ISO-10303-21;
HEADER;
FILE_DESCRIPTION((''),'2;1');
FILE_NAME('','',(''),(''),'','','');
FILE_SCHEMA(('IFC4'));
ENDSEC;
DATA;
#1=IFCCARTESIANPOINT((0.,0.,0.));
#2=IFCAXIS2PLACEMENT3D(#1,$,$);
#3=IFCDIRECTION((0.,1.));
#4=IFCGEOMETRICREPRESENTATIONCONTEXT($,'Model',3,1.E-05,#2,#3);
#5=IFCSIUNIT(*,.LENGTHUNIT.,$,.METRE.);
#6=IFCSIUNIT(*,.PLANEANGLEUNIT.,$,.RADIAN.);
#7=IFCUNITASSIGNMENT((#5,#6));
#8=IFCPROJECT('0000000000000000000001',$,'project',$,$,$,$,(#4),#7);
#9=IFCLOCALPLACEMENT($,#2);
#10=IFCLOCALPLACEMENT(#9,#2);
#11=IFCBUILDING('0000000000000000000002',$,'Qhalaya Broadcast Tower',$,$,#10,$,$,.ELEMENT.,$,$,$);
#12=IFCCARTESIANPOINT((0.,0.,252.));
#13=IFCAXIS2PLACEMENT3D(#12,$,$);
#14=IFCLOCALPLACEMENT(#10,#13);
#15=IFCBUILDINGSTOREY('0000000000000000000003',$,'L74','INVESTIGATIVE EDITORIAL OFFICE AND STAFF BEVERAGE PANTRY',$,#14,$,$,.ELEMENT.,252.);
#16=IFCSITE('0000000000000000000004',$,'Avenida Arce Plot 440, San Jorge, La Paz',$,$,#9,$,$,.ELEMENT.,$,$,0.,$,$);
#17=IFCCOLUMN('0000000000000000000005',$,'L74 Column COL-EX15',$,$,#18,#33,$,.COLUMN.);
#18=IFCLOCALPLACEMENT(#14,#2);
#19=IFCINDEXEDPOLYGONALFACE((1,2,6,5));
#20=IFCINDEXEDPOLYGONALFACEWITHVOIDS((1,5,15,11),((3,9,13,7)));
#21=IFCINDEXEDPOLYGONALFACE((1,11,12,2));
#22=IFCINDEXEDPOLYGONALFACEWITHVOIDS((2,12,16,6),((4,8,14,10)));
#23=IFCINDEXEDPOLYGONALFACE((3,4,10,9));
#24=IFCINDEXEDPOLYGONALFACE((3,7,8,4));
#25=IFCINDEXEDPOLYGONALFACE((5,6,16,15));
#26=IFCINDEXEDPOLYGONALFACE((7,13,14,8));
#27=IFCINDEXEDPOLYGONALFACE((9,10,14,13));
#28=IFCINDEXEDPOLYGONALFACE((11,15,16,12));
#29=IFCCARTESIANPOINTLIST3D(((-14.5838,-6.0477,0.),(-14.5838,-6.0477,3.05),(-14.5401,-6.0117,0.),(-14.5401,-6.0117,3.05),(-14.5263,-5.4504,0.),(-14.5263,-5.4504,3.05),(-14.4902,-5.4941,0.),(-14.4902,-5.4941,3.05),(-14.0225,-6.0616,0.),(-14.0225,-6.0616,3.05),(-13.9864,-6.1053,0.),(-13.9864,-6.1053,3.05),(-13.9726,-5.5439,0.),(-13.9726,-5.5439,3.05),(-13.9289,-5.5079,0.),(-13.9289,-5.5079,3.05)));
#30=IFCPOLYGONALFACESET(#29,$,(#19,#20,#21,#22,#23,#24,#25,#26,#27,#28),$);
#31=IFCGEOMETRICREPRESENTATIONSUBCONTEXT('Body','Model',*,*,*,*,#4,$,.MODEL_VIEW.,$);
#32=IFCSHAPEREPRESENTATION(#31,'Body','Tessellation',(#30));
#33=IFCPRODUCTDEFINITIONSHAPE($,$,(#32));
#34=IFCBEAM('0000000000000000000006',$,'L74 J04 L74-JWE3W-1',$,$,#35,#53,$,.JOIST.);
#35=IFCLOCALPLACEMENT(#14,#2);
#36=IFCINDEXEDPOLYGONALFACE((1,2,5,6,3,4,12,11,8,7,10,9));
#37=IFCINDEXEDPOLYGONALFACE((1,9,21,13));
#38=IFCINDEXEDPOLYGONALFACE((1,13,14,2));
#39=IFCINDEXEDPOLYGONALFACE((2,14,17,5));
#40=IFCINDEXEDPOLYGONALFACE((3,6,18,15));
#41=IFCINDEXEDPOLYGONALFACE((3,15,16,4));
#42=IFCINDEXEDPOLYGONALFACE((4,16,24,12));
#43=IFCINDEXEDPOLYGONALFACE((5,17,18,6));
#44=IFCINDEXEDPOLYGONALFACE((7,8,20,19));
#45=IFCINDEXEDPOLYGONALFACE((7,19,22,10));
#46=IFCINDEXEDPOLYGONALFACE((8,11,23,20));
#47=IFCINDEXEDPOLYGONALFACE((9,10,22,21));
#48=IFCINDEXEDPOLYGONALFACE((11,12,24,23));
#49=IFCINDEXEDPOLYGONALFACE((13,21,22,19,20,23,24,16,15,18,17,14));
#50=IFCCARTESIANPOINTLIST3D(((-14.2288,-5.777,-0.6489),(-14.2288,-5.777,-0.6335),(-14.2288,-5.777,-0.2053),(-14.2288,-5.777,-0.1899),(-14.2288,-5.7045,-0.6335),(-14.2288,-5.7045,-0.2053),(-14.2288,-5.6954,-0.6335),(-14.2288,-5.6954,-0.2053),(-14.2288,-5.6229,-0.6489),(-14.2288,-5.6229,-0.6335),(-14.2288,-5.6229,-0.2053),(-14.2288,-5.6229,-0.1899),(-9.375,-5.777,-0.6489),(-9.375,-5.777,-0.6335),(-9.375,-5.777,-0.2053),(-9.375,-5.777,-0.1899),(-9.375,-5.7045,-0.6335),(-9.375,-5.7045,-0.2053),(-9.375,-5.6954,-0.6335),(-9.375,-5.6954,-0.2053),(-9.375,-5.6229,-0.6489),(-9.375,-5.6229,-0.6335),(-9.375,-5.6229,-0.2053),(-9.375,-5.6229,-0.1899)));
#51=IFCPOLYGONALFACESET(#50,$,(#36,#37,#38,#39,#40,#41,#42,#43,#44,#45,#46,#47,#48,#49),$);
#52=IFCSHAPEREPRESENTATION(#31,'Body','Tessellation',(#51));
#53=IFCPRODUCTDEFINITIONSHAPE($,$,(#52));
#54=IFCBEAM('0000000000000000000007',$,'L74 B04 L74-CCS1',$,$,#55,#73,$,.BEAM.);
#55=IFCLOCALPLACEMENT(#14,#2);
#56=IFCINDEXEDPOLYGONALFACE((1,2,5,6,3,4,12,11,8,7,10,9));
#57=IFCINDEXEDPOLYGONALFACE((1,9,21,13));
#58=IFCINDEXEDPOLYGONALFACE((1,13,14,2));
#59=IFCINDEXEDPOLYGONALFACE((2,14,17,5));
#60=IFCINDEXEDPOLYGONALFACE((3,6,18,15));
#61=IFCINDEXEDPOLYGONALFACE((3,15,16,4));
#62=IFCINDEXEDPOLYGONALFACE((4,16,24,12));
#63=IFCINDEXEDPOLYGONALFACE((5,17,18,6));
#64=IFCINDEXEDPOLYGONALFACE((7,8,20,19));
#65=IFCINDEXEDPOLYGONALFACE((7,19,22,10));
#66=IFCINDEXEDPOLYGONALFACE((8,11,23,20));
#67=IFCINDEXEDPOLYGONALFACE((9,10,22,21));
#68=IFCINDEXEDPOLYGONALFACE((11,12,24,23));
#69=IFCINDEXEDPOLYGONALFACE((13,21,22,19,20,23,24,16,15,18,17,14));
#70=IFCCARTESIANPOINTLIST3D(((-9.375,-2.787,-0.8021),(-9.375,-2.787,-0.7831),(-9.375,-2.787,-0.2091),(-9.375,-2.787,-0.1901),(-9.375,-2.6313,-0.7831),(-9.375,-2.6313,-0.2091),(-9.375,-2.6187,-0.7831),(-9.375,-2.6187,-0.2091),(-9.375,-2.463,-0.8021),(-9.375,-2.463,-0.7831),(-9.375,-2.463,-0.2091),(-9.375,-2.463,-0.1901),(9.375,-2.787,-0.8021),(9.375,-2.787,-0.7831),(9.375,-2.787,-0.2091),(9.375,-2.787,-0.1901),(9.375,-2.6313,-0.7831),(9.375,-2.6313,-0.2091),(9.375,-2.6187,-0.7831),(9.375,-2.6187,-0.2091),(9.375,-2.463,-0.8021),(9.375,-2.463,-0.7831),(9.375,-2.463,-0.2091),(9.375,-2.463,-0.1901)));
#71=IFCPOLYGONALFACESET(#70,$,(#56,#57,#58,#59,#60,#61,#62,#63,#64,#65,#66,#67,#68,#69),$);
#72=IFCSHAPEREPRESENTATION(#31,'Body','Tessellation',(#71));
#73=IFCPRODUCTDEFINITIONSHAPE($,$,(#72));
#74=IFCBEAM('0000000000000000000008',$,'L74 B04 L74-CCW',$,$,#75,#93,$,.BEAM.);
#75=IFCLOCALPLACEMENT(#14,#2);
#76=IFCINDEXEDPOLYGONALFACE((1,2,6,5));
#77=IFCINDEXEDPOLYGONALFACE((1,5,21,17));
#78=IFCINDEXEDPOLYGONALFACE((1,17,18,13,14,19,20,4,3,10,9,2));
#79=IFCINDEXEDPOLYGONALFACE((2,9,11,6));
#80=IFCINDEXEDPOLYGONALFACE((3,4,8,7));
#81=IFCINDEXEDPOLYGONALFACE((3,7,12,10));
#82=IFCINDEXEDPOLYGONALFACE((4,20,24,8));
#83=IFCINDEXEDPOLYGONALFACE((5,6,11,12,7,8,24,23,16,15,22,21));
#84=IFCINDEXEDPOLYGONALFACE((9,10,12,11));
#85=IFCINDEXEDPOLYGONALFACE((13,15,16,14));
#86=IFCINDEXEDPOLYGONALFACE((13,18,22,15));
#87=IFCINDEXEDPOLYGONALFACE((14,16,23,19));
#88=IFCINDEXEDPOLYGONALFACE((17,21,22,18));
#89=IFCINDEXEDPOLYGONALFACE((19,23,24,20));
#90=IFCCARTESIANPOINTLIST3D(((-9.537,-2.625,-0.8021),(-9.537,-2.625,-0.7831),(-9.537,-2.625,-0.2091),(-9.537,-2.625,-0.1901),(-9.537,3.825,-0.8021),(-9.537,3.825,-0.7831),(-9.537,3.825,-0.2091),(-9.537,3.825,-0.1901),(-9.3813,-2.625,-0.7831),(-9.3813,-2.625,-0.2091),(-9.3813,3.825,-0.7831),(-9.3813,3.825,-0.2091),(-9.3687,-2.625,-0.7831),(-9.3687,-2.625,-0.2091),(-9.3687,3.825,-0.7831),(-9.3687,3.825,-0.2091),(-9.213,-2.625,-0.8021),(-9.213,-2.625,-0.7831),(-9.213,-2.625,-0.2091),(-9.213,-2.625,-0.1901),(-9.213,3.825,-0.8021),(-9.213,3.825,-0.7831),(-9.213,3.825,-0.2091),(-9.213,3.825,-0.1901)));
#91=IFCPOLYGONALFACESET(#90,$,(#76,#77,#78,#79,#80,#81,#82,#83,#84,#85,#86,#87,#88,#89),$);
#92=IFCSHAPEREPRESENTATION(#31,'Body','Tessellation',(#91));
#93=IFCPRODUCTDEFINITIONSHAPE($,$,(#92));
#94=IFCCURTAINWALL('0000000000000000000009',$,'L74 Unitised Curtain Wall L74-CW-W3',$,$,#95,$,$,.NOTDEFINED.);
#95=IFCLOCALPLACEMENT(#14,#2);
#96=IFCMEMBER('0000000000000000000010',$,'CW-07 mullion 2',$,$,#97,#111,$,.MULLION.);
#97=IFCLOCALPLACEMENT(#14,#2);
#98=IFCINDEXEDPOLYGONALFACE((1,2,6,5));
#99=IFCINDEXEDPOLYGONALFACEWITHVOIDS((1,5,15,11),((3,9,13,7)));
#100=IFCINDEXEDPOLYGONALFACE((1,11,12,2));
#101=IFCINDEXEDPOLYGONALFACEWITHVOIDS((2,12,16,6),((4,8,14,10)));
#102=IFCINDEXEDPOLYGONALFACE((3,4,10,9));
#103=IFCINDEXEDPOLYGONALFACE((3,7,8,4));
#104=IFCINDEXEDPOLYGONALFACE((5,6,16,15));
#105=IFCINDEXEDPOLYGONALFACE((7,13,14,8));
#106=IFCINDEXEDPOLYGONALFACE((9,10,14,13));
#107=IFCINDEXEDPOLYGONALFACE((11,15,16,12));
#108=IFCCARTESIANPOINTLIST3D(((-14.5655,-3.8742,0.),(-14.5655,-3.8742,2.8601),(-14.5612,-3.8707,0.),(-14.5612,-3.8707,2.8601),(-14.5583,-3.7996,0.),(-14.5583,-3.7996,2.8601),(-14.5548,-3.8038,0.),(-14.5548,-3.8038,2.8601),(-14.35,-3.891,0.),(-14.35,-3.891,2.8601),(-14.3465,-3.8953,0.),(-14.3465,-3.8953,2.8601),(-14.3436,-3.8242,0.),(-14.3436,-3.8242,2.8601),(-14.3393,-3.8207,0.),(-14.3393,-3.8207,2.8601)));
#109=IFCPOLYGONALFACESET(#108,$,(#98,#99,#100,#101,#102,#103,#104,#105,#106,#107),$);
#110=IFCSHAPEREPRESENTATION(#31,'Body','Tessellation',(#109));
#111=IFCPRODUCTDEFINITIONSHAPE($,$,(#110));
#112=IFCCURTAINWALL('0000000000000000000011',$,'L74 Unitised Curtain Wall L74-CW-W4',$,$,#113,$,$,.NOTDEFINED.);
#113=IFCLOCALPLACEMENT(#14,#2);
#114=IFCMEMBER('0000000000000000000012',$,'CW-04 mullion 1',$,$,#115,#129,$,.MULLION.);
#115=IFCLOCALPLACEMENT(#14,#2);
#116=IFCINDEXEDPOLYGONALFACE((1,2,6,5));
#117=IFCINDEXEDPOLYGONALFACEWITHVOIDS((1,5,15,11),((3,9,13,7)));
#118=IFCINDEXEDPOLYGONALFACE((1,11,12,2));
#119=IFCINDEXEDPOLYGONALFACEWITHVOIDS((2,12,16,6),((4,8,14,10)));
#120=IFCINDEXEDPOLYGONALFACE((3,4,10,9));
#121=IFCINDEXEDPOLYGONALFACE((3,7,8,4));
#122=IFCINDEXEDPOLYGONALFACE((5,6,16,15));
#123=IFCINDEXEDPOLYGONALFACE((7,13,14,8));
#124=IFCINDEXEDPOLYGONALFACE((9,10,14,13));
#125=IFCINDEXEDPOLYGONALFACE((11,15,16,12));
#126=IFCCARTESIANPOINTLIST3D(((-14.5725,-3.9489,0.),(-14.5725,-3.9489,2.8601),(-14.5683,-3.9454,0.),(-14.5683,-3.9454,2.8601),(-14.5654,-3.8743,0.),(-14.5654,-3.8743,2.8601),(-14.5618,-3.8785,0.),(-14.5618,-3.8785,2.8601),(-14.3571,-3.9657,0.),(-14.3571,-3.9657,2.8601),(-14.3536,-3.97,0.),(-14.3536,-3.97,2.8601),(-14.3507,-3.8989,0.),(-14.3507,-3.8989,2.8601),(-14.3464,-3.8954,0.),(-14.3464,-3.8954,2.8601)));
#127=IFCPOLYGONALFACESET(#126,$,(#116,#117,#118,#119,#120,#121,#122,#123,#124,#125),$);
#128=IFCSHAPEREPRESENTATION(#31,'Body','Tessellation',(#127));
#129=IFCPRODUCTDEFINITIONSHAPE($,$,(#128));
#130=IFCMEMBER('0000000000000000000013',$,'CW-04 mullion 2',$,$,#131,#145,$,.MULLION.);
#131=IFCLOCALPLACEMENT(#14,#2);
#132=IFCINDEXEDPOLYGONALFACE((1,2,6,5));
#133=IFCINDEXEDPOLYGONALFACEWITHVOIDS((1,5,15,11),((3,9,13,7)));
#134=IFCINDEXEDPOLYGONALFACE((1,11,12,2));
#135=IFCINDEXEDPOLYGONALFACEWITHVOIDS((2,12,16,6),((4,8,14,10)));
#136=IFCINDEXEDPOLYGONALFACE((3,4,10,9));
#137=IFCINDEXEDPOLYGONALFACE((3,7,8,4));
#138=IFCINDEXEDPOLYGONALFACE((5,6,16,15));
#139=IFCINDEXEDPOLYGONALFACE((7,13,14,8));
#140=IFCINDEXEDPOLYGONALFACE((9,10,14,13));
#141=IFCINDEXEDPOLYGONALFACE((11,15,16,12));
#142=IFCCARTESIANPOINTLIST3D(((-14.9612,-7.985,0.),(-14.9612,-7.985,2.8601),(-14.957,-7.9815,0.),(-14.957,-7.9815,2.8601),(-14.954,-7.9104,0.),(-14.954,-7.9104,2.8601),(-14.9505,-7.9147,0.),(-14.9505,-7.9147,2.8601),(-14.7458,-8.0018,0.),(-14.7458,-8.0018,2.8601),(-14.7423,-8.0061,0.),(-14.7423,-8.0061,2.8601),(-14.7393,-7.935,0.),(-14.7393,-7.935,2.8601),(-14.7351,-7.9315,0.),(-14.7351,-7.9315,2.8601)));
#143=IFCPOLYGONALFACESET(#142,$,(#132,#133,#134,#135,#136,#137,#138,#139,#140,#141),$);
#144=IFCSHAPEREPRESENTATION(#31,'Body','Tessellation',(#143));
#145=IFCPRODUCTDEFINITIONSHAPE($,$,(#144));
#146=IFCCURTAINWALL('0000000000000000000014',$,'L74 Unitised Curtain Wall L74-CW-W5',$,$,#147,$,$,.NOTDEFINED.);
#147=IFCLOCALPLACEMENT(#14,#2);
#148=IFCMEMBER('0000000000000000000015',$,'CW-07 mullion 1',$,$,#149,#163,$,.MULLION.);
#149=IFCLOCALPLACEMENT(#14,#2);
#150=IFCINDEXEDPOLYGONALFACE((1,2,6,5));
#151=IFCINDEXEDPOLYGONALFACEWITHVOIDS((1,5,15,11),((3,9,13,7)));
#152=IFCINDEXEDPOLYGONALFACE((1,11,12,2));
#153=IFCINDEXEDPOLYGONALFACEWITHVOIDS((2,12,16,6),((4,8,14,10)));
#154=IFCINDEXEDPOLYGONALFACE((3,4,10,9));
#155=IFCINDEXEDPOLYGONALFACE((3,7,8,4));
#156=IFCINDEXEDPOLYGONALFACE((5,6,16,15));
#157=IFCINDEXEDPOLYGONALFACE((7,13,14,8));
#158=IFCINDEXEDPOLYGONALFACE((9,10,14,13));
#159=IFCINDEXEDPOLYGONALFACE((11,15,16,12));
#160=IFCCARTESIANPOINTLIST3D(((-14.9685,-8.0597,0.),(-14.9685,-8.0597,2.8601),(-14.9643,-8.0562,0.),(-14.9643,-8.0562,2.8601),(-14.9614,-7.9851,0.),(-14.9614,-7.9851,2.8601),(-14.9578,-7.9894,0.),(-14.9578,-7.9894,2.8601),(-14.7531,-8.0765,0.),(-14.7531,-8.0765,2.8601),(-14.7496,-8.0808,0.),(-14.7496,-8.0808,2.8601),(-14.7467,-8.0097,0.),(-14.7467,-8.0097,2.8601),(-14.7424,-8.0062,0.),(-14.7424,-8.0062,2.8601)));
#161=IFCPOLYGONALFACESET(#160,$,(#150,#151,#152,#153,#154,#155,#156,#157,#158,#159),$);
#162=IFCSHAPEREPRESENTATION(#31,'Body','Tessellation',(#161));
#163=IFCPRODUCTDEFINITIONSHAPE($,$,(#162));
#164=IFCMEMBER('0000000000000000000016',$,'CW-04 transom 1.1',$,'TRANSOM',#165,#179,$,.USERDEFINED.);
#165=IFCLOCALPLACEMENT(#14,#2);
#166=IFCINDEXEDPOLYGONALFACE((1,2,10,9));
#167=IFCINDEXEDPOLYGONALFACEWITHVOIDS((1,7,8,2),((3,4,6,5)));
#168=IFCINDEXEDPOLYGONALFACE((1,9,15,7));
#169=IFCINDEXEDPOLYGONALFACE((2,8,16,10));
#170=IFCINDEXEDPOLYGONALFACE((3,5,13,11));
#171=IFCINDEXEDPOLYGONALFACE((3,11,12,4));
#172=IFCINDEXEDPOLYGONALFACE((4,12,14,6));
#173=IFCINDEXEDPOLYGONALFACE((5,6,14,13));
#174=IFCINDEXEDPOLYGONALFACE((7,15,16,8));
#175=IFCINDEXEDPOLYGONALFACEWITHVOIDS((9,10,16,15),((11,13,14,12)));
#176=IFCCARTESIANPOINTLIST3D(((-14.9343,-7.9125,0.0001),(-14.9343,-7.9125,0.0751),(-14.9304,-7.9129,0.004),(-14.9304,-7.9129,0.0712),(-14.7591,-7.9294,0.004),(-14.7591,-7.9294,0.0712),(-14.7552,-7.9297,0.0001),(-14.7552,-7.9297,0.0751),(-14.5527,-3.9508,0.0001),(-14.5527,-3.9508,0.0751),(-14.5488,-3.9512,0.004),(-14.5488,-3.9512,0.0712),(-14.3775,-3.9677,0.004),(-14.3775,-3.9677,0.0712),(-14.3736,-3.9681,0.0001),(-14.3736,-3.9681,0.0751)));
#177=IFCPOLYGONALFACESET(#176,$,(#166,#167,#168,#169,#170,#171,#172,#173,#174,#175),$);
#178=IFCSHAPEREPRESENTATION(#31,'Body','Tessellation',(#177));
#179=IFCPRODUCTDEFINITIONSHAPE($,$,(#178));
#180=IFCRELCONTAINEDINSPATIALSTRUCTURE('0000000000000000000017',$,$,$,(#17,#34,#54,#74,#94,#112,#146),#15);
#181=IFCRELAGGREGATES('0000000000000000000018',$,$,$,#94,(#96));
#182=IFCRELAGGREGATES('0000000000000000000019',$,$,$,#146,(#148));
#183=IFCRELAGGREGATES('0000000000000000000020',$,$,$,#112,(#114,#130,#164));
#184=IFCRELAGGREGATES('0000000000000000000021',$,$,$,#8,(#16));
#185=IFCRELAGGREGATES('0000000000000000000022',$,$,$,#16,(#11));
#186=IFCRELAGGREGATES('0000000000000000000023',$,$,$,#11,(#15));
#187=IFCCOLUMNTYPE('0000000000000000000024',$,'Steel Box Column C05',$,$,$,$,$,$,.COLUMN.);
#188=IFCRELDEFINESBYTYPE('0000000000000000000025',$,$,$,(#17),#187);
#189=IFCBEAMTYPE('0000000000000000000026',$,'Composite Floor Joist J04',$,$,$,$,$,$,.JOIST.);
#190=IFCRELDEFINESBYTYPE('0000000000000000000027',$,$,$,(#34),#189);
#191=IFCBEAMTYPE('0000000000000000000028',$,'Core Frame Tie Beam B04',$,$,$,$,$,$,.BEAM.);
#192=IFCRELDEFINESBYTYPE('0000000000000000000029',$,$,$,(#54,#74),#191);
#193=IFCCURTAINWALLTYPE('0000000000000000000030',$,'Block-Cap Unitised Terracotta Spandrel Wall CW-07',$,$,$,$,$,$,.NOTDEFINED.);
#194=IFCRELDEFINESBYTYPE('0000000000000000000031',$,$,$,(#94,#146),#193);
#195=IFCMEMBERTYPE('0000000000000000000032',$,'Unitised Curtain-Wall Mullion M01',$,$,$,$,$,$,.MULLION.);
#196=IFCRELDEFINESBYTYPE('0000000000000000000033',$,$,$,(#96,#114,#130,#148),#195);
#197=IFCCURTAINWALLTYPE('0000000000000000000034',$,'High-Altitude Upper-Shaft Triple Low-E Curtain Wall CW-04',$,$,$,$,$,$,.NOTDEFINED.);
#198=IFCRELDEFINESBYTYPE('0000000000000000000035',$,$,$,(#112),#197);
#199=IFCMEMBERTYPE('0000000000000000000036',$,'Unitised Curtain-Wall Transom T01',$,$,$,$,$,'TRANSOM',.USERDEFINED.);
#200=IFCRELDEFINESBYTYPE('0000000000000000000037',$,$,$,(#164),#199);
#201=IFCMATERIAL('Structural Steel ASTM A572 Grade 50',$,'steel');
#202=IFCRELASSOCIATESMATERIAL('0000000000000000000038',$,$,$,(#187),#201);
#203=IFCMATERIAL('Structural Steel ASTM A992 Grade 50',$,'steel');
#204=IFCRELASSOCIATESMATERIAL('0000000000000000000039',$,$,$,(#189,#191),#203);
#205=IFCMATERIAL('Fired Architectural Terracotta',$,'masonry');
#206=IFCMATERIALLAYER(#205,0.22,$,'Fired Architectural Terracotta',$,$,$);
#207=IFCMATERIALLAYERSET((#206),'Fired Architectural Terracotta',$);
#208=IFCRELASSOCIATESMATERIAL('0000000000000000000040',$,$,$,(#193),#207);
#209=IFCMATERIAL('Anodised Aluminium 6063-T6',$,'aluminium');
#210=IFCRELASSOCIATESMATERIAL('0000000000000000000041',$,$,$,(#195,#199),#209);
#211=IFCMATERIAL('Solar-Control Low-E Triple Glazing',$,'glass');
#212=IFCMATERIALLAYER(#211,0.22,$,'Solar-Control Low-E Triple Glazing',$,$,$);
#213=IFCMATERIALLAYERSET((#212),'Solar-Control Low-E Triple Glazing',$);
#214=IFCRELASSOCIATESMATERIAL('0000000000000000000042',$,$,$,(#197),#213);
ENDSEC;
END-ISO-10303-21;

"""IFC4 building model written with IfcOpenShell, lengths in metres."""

from ifc_helpers import new_model, si_unit, direction, frame, origin, origin_2d, place, context, subcontext, project, spatial, hollow_rectangle, i_section, extrude, material, layer, layer_set, material_profile, profile_set, type_object, element, aggregate, save


model = new_model("IFC4")

# Units and contexts
model_context = context("Model", 3, precision=1e-05, world=origin(), true_north=direction((0.0, 1.0)))
body_context = subcontext(model_context, "Body", "Model", "MODEL_VIEW")
ifc_project = project(units=[si_unit("LENGTHUNIT", "METRE"), si_unit("PLANEANGLEUNIT", "RADIAN")], contexts=[model_context])

# Site, building, storey
site_placement = place(None, origin())
site = spatial("IfcSite", under=ifc_project, at=site_placement, Name="Avenida Arce Plot 440, San Jorge, La Paz", CompositionType="ELEMENT", RefElevation=0.0)
building_placement = place(site_placement, origin())
building = spatial("IfcBuilding", under=site, at=building_placement, Name="Qhalaya Broadcast Tower", CompositionType="ELEMENT")
storey_placement = place(building_placement, frame((0.0, 0.0, 252.0)))
storey = spatial("IfcBuildingStorey", under=building, at=storey_placement, Name="L74", Description="INVESTIGATIVE EDITORIAL OFFICE AND STAFF BEVERAGE PANTRY", CompositionType="ELEMENT", Elevation=252.0)

# Column
ifc_material_1 = material(Name="Structural Steel ASTM A572 Grade 50", Category="steel")
ifc_material_profile_1 = material_profile(ifc_material_1, hollow_rectangle(XDim=0.6001, YDim=0.6001, WallThickness=0.04, at=origin_2d()), Name="BOX 600x600x40")
ifc_profile_set_1 = profile_set([ifc_material_profile_1], Name="Structural Steel ASTM A572 Grade 50")
column_type = type_object("IfcColumnType", Name="Steel Box Column C05", PredefinedType="COLUMN", material=ifc_profile_set_1)
column_placement = place(storey_placement, frame((-14.2563, -5.7778, 0.0), z_axis=(0.0, 0.0, 1.0), x_axis=(0.095846, 0.995396, 0.0)))
element("IfcColumn", 1, at=column_placement, inside=storey, type_object=column_type, Name="L74 Column COL-EX15", PredefinedType="COLUMN", context=body_context, shape_type="SweptSolid", body=[
    extrude(hollow_rectangle(XDim=0.6001, YDim=0.6001, WallThickness=0.04, at=origin_2d()), origin(), (0.0, 0.0, 1.0), 3.05),
])

# Beams
ifc_material_2 = material(Name="Structural Steel ASTM A992 Grade 50", Category="steel")
ifc_material_profile_2 = material_profile(ifc_material_2, i_section(OverallWidth=0.1541, OverallDepth=0.459, WebThickness=0.009, FlangeThickness=0.0154, at=origin_2d()), Name="W18X46")
ifc_profile_set_2 = profile_set([ifc_material_profile_2], Name="Structural Steel ASTM A992 Grade 50")
beam_type_1 = type_object("IfcBeamType", Name="Composite Floor Joist J04", PredefinedType="JOIST", material=ifc_profile_set_2)
beam_1_placement = place(storey_placement, frame((-14.2288, -5.7, -0.4194), z_axis=(1.0, 0.0, 0.0), x_axis=(0.0, 1.0, 0.0)))
element("IfcBeam", 2, at=beam_1_placement, inside=storey, type_object=beam_type_1, Name="L74 J04 L74-JWE3W-1", PredefinedType="JOIST", context=body_context, shape_type="SweptSolid", body=[
    extrude(i_section(OverallWidth=0.1541, OverallDepth=0.459, WebThickness=0.009, FlangeThickness=0.0154, at=origin_2d()), origin(), (0.0, 0.0, 1.0), 4.8538),
])
ifc_material_profile_3 = material_profile(ifc_material_2, i_section(OverallWidth=0.324, OverallDepth=0.6121, WebThickness=0.0127, FlangeThickness=0.019, at=origin_2d()), Name="W24X104")
ifc_profile_set_3 = profile_set([ifc_material_profile_3], Name="Structural Steel ASTM A992 Grade 50")
beam_type_2 = type_object("IfcBeamType", Name="Core Frame Tie Beam B04", PredefinedType="BEAM", material=ifc_profile_set_3)
beam_2_placement = place(storey_placement, frame((-9.375, -2.625, -0.4961), z_axis=(1.0, 0.0, 0.0), x_axis=(0.0, 1.0, 0.0)))
element("IfcBeam", 3, at=beam_2_placement, inside=storey, type_object=beam_type_2, Name="L74 B04 L74-CCS1", PredefinedType="BEAM", context=body_context, shape_type="SweptSolid", body=[
    extrude(i_section(OverallWidth=0.324, OverallDepth=0.6121, WebThickness=0.0127, FlangeThickness=0.019, at=origin_2d()), origin(), (0.0, 0.0, 1.0), 18.75),
])
beam_3_placement = place(storey_placement, frame((-9.375, -2.625, -0.4961), z_axis=(0.0, 1.0, 0.0), x_axis=(-1.0, 0.0, 0.0)))
element("IfcBeam", 4, at=beam_3_placement, inside=storey, type_object=beam_type_2, Name="L74 B04 L74-CCW", PredefinedType="BEAM", context=body_context, shape_type="SweptSolid", body=[
    extrude(i_section(OverallWidth=0.324, OverallDepth=0.6121, WebThickness=0.0127, FlangeThickness=0.019, at=origin_2d()), origin(), (0.0, 0.0, 1.0), 6.45),
])

# Curtain wall, member
ifc_material_3 = material(Name="Fired Architectural Terracotta", Category="masonry")
ifc_layer_1 = layer(ifc_material_3, 0.22, Name="Fired Architectural Terracotta")
ifc_layer_set_1 = layer_set([ifc_layer_1], Name="Fired Architectural Terracotta")
curtain_wall_type_1 = type_object("IfcCurtainWallType", Name="Block-Cap Unitised Terracotta Spandrel Wall CW-07", PredefinedType="NOTDEFINED", material=ifc_layer_set_1)
curtain_wall_1_placement = place(storey_placement, origin())
curtain_wall_1 = element("IfcCurtainWall", 5, at=curtain_wall_1_placement, inside=storey, type_object=curtain_wall_type_1, Name="L74 Unitised Curtain Wall L74-CW-W3", PredefinedType="NOTDEFINED")
ifc_material_4 = material(Name="Anodised Aluminium 6063-T6", Category="aluminium")
ifc_material_profile_4 = material_profile(ifc_material_4, hollow_rectangle(XDim=0.075, YDim=0.22, WallThickness=0.0039, at=origin_2d()), Name="ALU-MUL 75x220x4")
ifc_profile_set_4 = profile_set([ifc_material_profile_4], Name="Anodised Aluminium 6063-T6")
member_type_1 = type_object("IfcMemberType", Name="Unitised Curtain-Wall Mullion M01", PredefinedType="MULLION", material=ifc_profile_set_4)
member_1_placement = place(storey_placement, frame((-14.4524, -3.8474, 0.0), z_axis=(0.0, 0.0, 1.0), x_axis=(-0.095843, -0.995396, 0.0)))
member_1 = element("IfcMember", 6, at=member_1_placement, type_object=member_type_1, Name="CW-07 mullion 2", PredefinedType="MULLION", context=body_context, shape_type="SweptSolid", body=[
    extrude(hollow_rectangle(XDim=0.075, YDim=0.22, WallThickness=0.0039, at=origin_2d()), origin(), (0.0, 0.0, 1.0), 2.8601),
])
aggregate(curtain_wall_1, [member_1])

# Curtain wall, members
ifc_material_5 = material(Name="Solar-Control Low-E Triple Glazing", Category="glass")
ifc_layer_2 = layer(ifc_material_5, 0.22, Name="Solar-Control Low-E Triple Glazing")
ifc_layer_set_2 = layer_set([ifc_layer_2], Name="Solar-Control Low-E Triple Glazing")
curtain_wall_type_2 = type_object("IfcCurtainWallType", Name="High-Altitude Upper-Shaft Triple Low-E Curtain Wall CW-04", PredefinedType="NOTDEFINED", material=ifc_layer_set_2)
curtain_wall_2_placement = place(storey_placement, origin())
curtain_wall_2 = element("IfcCurtainWall", 7, at=curtain_wall_2_placement, inside=storey, type_object=curtain_wall_type_2, Name="L74 Unitised Curtain Wall L74-CW-W4", PredefinedType="NOTDEFINED")
member_2_placement = place(storey_placement, frame((-14.4595, -3.9221, 0.0), z_axis=(0.0, 0.0, 1.0), x_axis=(-0.095859, -0.995395, 0.0)))
member_2 = element("IfcMember", 8, at=member_2_placement, type_object=member_type_1, Name="CW-04 mullion 1", PredefinedType="MULLION", context=body_context, shape_type="SweptSolid", body=[
    extrude(hollow_rectangle(XDim=0.075, YDim=0.22, WallThickness=0.0039, at=origin_2d()), origin(), (0.0, 0.0, 1.0), 2.8601),
])
member_3_placement = place(storey_placement, frame((-14.8481, -7.9583, 0.0), z_axis=(0.0, 0.0, 1.0), x_axis=(-0.095859, -0.995395, 0.0)))
member_3 = element("IfcMember", 9, at=member_3_placement, type_object=member_type_1, Name="CW-04 mullion 2", PredefinedType="MULLION", context=body_context, shape_type="SweptSolid", body=[
    extrude(hollow_rectangle(XDim=0.075, YDim=0.22, WallThickness=0.0039, at=origin_2d()), origin(), (0.0, 0.0, 1.0), 2.8601),
])

# Curtain wall, member
curtain_wall_3_placement = place(storey_placement, origin())
curtain_wall_3 = element("IfcCurtainWall", 10, at=curtain_wall_3_placement, inside=storey, type_object=curtain_wall_type_1, Name="L74 Unitised Curtain Wall L74-CW-W5", PredefinedType="NOTDEFINED")
member_4_placement = place(storey_placement, frame((-14.8555, -8.033, 0.0), z_axis=(0.0, 0.0, 1.0), x_axis=(-0.09584, -0.995397, 0.0)))
member_4 = element("IfcMember", 11, at=member_4_placement, type_object=member_type_1, Name="CW-07 mullion 1", PredefinedType="MULLION", context=body_context, shape_type="SweptSolid", body=[
    extrude(hollow_rectangle(XDim=0.075, YDim=0.22, WallThickness=0.0039, at=origin_2d()), origin(), (0.0, 0.0, 1.0), 2.8601),
])

# Member
ifc_material_profile_5 = material_profile(ifc_material_4, hollow_rectangle(XDim=0.075, YDim=0.1799, WallThickness=0.0039, at=origin_2d()), Name="ALU-TRN 75x180x4")
ifc_profile_set_5 = profile_set([ifc_material_profile_5], Name="Anodised Aluminium 6063-T6")
member_type_2 = type_object("IfcMemberType", Name="Unitised Curtain-Wall Transom T01", ElementType="TRANSOM", PredefinedType="USERDEFINED", material=ifc_profile_set_5)
member_5_placement = place(storey_placement, frame((-14.4631, -3.9595, 0.0376), z_axis=(-0.095877, -0.995393, 0.0), x_axis=(0.0, 0.0, 1.0)))
member_5 = element("IfcMember", 12, at=member_5_placement, type_object=member_type_2, Name="CW-04 transom 1.1", ObjectType="TRANSOM", PredefinedType="USERDEFINED", context=body_context, shape_type="SweptSolid", body=[
    extrude(hollow_rectangle(XDim=0.075, YDim=0.1799, WallThickness=0.0039, at=origin_2d()), origin(), (0.0, 0.0, 1.0), 3.98),
])
aggregate(curtain_wall_3, [member_4])

aggregate(curtain_wall_2, [member_2, member_3, member_5])

save(model, "model.ifc")
